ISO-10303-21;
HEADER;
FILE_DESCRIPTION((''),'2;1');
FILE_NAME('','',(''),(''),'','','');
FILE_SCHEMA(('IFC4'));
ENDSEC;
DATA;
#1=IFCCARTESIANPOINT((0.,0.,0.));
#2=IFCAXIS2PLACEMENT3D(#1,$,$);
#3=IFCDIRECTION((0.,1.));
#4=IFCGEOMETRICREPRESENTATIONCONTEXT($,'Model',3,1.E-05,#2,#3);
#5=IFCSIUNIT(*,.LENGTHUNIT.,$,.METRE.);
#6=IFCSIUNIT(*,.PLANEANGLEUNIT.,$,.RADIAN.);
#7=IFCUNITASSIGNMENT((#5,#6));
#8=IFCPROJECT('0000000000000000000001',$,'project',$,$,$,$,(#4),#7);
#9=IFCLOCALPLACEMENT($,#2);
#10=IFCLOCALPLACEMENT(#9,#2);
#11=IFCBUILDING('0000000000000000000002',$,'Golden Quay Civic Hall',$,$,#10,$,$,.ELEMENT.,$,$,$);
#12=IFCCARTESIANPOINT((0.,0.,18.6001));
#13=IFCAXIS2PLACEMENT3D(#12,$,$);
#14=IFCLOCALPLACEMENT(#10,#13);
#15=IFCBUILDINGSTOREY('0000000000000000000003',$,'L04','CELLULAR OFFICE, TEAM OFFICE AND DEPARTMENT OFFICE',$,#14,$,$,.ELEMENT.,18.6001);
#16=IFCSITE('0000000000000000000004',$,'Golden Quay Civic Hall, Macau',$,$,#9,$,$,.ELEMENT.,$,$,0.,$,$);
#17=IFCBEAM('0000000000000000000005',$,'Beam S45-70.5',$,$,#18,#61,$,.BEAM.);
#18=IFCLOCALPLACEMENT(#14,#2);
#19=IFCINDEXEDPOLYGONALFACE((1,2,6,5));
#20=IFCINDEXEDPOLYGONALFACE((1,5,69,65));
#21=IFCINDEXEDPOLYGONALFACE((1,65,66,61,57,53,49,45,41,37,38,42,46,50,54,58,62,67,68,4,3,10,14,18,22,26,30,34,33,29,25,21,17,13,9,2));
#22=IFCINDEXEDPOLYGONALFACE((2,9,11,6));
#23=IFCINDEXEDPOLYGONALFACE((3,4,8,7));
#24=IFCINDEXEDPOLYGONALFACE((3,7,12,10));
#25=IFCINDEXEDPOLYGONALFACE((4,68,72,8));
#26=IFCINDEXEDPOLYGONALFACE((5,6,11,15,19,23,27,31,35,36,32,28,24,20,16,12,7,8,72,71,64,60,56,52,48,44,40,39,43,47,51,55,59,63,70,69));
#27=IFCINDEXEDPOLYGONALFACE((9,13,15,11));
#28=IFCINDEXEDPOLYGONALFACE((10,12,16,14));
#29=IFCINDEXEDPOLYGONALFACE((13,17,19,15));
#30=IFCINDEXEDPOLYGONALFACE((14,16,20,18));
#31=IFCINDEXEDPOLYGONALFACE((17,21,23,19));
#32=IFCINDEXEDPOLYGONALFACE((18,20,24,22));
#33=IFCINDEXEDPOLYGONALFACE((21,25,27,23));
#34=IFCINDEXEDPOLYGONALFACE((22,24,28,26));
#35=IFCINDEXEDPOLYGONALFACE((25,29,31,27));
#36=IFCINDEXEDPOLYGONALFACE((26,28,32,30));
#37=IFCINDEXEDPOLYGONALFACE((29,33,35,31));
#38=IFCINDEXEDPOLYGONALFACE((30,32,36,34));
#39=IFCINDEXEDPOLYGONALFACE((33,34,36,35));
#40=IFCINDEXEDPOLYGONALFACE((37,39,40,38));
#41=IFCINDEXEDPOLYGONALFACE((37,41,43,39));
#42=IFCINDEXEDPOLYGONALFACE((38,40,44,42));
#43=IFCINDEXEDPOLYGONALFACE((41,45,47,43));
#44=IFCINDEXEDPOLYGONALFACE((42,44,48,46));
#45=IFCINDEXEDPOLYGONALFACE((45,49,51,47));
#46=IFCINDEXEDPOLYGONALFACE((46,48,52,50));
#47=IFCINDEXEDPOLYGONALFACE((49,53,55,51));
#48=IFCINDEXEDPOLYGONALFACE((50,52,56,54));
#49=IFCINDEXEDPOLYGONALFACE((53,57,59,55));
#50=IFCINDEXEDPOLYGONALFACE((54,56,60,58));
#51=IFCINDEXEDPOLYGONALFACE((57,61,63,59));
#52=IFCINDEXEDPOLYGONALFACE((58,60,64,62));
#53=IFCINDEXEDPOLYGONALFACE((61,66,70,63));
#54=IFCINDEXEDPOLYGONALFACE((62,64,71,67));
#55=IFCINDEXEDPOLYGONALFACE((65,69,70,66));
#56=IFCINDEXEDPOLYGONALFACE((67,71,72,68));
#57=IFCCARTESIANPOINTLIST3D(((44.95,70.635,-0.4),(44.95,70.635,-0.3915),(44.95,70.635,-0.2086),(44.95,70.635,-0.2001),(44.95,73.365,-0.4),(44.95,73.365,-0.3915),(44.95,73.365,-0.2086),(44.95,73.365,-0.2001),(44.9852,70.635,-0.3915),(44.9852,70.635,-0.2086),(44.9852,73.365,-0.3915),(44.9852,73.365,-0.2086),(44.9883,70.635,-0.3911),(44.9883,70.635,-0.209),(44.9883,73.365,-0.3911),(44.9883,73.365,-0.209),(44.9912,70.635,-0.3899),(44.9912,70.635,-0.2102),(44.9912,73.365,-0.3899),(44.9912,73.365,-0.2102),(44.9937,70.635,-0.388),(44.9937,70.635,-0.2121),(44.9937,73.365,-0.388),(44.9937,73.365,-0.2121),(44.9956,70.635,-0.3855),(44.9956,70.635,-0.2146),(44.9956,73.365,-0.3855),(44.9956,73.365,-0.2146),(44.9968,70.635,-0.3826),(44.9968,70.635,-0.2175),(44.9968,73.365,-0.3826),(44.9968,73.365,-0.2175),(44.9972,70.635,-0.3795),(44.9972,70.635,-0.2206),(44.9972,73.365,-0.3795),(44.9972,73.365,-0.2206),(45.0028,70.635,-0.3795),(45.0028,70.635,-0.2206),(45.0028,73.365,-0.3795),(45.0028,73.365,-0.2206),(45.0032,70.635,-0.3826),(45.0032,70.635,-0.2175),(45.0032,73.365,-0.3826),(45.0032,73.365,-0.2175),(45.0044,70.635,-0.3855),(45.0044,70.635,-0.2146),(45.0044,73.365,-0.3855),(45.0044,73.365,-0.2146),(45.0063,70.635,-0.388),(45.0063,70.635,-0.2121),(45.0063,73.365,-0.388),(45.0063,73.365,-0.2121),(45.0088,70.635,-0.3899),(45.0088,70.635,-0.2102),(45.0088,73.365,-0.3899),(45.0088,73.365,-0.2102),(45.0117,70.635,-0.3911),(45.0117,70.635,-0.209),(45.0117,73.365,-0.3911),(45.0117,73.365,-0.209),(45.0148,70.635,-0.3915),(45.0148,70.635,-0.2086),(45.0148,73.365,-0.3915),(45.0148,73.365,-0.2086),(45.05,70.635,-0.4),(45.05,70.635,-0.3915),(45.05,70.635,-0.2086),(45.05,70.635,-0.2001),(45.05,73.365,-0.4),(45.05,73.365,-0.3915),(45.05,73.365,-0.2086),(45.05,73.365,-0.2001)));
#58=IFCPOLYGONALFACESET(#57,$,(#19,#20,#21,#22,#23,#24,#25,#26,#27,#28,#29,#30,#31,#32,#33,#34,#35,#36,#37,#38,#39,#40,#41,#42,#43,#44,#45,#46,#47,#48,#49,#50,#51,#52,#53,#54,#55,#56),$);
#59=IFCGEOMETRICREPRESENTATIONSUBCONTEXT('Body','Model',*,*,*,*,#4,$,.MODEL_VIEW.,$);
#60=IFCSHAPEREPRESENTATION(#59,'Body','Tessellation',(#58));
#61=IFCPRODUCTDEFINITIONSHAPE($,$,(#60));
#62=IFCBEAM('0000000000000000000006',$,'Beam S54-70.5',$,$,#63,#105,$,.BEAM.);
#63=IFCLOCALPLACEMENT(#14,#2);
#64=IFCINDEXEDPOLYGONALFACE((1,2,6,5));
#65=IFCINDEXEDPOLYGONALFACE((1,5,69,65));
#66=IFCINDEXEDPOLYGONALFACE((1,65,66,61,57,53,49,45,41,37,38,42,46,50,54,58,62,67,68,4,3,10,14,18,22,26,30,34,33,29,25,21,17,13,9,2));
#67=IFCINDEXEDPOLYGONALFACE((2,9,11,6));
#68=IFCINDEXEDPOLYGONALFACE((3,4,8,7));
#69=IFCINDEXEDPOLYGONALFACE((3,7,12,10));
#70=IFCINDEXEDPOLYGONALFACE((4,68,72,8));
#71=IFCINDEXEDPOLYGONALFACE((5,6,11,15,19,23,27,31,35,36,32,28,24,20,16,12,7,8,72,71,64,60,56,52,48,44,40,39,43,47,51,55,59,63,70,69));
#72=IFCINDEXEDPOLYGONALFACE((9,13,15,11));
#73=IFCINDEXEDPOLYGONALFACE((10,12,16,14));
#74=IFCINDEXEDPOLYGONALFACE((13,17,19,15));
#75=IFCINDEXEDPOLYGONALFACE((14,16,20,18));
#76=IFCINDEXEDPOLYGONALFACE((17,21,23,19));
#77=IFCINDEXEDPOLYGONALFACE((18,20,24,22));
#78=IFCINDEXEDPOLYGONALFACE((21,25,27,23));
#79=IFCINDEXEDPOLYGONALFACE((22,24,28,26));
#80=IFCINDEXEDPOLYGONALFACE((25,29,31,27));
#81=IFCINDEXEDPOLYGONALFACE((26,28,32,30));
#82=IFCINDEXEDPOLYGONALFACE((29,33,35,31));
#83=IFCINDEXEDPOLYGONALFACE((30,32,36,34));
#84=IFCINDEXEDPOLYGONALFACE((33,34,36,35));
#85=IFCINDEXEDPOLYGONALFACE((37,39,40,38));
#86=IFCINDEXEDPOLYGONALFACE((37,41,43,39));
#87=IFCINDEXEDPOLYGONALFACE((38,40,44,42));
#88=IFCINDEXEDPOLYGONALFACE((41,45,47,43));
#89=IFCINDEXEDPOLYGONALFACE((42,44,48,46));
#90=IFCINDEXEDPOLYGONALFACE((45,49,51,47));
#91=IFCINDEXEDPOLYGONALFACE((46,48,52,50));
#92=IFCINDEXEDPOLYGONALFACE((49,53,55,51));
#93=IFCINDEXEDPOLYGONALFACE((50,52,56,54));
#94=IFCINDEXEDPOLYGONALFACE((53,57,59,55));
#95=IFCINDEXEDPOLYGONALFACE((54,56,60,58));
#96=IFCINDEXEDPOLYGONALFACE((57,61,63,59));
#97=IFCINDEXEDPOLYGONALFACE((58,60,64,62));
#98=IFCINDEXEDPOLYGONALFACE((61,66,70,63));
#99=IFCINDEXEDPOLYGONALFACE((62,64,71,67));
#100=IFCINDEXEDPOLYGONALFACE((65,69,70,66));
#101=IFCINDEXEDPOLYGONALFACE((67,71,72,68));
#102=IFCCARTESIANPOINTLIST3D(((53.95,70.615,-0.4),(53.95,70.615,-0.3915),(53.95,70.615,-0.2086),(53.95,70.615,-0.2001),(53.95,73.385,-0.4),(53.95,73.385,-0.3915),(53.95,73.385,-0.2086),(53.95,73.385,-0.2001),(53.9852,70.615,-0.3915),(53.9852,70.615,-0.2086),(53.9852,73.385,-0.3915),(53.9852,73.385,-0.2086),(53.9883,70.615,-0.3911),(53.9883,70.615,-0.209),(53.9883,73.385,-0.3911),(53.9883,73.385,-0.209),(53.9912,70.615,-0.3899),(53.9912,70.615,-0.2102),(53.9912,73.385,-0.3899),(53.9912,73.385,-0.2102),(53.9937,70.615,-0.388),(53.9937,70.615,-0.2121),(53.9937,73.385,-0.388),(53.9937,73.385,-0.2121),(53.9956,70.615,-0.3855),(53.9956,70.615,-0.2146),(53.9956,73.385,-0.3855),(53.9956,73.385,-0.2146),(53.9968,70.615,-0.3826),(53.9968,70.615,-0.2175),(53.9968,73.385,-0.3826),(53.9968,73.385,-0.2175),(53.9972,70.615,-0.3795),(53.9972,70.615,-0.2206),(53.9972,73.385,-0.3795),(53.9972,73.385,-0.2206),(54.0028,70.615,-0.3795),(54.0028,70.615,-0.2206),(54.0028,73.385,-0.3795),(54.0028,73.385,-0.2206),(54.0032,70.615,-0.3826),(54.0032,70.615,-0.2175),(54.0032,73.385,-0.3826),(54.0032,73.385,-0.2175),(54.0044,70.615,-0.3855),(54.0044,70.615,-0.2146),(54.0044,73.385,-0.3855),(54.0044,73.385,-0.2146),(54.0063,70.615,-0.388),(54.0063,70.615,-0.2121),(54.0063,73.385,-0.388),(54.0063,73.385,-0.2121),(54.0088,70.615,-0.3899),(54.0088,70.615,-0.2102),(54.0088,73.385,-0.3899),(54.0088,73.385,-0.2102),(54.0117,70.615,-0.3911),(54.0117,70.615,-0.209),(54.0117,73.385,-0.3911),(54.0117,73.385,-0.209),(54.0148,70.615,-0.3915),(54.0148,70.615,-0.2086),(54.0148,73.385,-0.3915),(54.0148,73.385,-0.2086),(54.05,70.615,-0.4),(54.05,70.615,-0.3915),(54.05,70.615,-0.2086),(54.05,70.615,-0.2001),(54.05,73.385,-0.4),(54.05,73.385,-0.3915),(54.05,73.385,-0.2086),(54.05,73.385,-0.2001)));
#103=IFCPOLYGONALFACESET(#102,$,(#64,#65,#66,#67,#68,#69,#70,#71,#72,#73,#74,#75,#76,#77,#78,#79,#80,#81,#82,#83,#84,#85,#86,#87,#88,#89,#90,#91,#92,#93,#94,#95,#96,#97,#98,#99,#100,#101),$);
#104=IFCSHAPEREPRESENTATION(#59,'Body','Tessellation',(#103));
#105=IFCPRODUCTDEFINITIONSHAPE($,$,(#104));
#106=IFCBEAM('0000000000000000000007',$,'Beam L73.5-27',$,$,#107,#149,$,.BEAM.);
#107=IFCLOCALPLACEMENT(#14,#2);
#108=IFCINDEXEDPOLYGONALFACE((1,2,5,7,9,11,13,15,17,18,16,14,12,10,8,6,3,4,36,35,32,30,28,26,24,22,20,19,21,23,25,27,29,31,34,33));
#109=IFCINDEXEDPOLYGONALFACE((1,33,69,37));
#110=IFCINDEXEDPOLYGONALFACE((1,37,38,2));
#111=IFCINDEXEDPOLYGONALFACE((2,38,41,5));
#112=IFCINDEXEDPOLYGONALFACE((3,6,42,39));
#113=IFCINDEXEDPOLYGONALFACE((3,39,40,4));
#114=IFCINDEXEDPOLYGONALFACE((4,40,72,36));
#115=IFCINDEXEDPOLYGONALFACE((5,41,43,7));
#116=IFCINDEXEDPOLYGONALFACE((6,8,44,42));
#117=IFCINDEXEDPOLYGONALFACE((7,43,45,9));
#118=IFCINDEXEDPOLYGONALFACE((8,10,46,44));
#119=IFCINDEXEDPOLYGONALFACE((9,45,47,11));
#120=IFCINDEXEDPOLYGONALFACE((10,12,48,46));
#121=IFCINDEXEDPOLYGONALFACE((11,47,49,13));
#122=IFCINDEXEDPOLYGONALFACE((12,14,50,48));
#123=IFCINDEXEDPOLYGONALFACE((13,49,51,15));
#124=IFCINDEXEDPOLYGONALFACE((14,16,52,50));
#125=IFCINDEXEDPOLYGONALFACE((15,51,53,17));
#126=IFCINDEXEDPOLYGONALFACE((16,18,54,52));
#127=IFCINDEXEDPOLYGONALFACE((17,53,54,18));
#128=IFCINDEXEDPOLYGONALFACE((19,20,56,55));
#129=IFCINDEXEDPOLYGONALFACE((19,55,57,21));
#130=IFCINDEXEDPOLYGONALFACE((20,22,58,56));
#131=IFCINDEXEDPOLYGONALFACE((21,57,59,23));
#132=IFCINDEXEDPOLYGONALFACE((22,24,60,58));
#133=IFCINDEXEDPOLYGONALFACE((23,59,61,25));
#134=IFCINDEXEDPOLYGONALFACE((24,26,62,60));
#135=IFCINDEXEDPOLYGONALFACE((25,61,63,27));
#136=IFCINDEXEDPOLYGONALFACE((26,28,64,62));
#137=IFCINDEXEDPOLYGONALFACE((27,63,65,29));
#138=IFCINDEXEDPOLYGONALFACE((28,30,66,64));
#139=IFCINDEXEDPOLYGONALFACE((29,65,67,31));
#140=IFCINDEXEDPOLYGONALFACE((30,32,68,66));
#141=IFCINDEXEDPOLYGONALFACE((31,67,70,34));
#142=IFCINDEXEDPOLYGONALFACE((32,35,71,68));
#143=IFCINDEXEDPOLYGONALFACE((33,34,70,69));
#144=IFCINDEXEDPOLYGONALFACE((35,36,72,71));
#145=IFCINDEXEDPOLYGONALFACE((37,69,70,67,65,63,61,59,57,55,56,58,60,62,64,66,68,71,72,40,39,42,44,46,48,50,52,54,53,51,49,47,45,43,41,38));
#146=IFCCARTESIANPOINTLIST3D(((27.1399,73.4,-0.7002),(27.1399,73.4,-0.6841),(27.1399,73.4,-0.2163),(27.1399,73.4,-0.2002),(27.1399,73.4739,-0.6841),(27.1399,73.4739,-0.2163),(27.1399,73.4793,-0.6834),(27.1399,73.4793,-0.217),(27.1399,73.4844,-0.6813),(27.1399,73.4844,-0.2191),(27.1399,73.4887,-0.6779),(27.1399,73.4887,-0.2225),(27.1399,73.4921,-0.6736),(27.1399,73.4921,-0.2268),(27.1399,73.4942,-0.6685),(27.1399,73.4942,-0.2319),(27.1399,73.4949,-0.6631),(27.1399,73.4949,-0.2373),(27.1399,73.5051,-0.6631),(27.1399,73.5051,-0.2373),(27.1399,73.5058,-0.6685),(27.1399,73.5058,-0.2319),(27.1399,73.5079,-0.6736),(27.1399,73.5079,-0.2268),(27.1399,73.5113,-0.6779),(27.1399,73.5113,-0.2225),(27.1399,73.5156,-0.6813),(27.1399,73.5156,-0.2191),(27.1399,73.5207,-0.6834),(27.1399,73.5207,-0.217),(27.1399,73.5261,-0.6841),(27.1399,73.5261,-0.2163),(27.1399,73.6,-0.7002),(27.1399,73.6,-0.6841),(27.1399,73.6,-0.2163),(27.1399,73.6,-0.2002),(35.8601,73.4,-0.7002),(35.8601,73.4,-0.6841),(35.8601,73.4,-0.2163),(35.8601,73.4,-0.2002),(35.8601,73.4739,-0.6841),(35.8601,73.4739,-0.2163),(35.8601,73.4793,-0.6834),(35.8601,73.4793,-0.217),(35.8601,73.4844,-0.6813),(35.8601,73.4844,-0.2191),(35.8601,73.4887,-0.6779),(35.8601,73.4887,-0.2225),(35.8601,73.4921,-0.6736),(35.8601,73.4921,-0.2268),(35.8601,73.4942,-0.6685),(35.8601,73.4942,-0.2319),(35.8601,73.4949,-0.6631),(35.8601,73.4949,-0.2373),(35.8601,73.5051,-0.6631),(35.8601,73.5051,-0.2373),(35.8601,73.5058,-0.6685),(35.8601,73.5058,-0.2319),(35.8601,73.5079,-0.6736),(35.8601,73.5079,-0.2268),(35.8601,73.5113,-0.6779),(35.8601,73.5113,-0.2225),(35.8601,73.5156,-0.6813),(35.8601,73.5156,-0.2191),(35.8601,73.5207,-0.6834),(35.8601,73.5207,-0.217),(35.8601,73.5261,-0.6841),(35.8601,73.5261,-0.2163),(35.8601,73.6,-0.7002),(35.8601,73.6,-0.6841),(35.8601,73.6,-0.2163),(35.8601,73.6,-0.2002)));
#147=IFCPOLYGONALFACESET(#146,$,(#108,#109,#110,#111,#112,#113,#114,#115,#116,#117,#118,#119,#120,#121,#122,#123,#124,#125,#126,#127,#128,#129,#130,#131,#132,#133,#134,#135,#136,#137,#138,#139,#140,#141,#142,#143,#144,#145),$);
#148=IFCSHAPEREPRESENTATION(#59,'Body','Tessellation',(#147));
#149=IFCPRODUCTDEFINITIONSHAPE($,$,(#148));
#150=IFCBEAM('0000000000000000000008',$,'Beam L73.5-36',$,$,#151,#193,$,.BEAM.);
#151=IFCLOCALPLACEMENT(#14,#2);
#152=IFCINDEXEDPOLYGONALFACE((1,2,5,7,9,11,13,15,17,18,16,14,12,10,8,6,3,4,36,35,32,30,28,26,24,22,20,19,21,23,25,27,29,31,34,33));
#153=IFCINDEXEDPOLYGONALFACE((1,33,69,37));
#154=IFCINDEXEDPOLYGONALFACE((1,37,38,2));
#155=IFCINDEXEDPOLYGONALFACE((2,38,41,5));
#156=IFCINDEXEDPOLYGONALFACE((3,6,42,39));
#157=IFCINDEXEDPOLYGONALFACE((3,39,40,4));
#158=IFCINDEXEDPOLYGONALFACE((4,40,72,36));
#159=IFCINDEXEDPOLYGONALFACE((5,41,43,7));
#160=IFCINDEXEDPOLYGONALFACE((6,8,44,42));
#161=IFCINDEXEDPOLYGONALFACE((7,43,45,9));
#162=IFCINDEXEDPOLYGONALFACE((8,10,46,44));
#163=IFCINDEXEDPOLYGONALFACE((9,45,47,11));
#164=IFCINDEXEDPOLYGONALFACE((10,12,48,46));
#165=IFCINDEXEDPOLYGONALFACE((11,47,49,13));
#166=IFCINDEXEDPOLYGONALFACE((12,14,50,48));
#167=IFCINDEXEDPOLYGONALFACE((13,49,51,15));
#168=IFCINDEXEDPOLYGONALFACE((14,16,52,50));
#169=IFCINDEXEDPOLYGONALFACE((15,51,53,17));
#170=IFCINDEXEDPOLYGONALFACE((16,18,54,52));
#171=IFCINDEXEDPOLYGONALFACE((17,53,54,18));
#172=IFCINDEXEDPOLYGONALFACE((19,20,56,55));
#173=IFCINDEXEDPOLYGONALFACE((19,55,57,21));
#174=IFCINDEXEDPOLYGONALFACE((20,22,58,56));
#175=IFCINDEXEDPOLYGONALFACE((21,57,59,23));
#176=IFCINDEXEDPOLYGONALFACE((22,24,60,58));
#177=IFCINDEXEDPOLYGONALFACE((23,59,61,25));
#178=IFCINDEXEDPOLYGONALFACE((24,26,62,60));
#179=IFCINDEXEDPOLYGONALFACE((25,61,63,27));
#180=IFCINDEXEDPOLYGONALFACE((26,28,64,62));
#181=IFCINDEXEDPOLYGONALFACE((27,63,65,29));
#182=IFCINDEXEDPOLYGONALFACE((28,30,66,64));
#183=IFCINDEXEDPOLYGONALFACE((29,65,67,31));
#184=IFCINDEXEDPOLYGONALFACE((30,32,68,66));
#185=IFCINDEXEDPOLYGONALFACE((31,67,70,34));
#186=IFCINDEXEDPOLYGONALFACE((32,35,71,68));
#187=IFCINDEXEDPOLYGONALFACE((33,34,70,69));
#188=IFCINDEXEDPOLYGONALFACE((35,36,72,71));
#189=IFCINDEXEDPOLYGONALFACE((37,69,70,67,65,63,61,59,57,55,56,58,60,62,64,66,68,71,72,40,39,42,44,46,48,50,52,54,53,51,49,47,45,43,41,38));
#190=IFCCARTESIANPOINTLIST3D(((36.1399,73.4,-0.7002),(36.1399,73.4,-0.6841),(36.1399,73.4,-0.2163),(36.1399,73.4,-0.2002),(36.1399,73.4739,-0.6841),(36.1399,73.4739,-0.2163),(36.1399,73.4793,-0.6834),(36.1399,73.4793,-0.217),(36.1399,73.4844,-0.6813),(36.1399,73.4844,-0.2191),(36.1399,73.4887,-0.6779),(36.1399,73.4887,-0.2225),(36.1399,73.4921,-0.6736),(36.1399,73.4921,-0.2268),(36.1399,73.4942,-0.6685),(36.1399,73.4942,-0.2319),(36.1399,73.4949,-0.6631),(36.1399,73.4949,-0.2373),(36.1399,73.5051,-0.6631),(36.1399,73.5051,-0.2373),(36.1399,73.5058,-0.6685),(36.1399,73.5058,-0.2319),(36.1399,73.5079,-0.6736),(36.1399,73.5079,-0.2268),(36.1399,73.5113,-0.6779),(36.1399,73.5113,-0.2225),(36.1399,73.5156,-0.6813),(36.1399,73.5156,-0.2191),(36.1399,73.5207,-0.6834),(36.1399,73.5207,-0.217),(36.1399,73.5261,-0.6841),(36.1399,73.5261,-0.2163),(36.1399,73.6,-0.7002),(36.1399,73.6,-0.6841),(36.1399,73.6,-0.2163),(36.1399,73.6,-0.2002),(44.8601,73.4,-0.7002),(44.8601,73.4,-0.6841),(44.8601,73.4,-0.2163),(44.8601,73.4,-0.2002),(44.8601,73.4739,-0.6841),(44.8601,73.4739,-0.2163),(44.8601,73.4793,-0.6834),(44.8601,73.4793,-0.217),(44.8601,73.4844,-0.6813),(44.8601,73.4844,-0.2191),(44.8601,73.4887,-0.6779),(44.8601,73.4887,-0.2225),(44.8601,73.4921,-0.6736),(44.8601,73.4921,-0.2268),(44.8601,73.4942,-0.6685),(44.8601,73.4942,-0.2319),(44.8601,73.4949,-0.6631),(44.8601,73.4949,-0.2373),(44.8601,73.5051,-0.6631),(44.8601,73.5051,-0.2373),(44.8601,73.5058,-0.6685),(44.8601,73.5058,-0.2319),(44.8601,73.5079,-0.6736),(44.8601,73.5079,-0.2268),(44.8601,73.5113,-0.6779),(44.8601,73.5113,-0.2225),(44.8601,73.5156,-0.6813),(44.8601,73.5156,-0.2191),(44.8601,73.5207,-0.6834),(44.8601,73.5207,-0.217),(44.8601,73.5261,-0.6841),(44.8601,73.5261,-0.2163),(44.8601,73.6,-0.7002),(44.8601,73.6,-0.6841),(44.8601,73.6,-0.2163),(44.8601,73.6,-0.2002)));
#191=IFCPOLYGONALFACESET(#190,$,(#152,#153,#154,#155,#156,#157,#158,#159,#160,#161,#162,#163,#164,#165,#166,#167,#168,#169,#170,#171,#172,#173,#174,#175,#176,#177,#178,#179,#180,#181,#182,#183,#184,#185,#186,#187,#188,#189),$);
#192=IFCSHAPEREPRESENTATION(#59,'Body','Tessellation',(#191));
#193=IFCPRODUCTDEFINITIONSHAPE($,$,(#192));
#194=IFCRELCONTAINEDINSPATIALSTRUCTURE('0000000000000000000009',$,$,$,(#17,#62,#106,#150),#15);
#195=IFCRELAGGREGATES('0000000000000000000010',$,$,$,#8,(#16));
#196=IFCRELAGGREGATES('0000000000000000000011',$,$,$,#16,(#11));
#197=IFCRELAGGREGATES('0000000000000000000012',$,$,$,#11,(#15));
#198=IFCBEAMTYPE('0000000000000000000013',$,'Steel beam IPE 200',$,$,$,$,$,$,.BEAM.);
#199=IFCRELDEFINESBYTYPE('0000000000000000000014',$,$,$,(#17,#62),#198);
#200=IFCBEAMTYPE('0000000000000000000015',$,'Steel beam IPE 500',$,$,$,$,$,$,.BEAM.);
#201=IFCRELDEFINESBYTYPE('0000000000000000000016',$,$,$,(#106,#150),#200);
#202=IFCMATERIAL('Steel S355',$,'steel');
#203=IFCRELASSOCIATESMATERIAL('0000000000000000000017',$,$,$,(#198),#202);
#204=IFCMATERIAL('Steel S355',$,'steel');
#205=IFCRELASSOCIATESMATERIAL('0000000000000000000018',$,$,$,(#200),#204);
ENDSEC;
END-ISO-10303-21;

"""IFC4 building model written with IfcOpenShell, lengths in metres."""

from ifc_helpers import new_model, si_unit, direction, frame, origin, origin_2d, place, context, subcontext, project, spatial, i_section, extrude, material, material_profile, profile_set, type_object, element, save


model = new_model("IFC4")

# Units and contexts
model_context = context("Model", 3, precision=1e-05, world=origin(), true_north=direction((0.0, 1.0)))
body_context = subcontext(model_context, "Body", "Model", "MODEL_VIEW")
ifc_project = project(units=[si_unit("LENGTHUNIT", "METRE"), si_unit("PLANEANGLEUNIT", "RADIAN")], contexts=[model_context])

# Site, building, storey
site_placement = place(None, origin())
site = spatial("IfcSite", under=ifc_project, at=site_placement, Name="Golden Quay Civic Hall, Macau", CompositionType="ELEMENT", RefElevation=0.0)
building_placement = place(site_placement, origin())
building = spatial("IfcBuilding", under=site, at=building_placement, Name="Golden Quay Civic Hall", CompositionType="ELEMENT")
storey_placement = place(building_placement, frame((0.0, 0.0, 18.6001)))
storey = spatial("IfcBuildingStorey", under=building, at=storey_placement, Name="L04", Description="CELLULAR OFFICE, TEAM OFFICE AND DEPARTMENT OFFICE", CompositionType="ELEMENT", Elevation=18.6001)

# Beams
ifc_material_1 = material(Name="Steel S355", Category="steel")
ifc_material_profile_1 = material_profile(ifc_material_1, i_section(OverallWidth=0.1001, OverallDepth=0.2, WebThickness=0.0056, FlangeThickness=0.0085, FilletRadius=0.012, at=origin_2d()), Name="IPE 200")
ifc_profile_set_1 = profile_set([ifc_material_profile_1], Name="Steel S355")
beam_type_1 = type_object("IfcBeamType", Name="Steel beam IPE 200", PredefinedType="BEAM", material=ifc_profile_set_1)
for number, where, z_axis, x_axis, name in (
    (1, (45.0, 70.635, -0.3), (0.0, 1.0, 0.0), (-1.0, 0.0, 0.0), "Beam S45-70.5"),
):
    element("IfcBeam", number, at=place(storey_placement, frame(where, z_axis=z_axis, x_axis=x_axis)), inside=storey, type_object=beam_type_1, Name=name, PredefinedType="BEAM", context=body_context, shape_type="SweptSolid", body=[
        extrude(i_section(OverallWidth=0.1001, OverallDepth=0.2, WebThickness=0.0056, FlangeThickness=0.0085, FilletRadius=0.012, at=origin_2d()), origin(), (0.0, 0.0, 1.0), 2.73),
    ])
beam_1_placement = place(storey_placement, frame((54.0, 70.615, -0.3), z_axis=(0.0, 1.0, 0.0), x_axis=(-1.0, 0.0, 0.0)))
element("IfcBeam", 2, at=beam_1_placement, inside=storey, type_object=beam_type_1, Name="Beam S54-70.5", PredefinedType="BEAM", context=body_context, shape_type="SweptSolid", body=[
    extrude(i_section(OverallWidth=0.1001, OverallDepth=0.2, WebThickness=0.0056, FlangeThickness=0.0085, FilletRadius=0.012, at=origin_2d()), origin(), (0.0, 0.0, 1.0), 2.77),
])
ifc_material_2 = material(Name="Steel S355", Category="steel")
ifc_material_profile_2 = material_profile(ifc_material_2, i_section(OverallWidth=0.2, OverallDepth=0.5, WebThickness=0.0103, FlangeThickness=0.0161, FilletRadius=0.021, at=origin_2d()), Name="IPE 500")
ifc_profile_set_2 = profile_set([ifc_material_profile_2], Name="Steel S355")
beam_type_2 = type_object("IfcBeamType", Name="Steel beam IPE 500", PredefinedType="BEAM", material=ifc_profile_set_2)
for number, where, z_axis, x_axis, name in (
    (3, (27.1399, 73.5, -0.4502), (1.0, 0.0, 0.0), (0.0, 1.0, 0.0), "Beam L73.5-27"),
    (4, (36.1399, 73.5, -0.4502), (1.0, 0.0, 0.0), (0.0, 1.0, 0.0), "Beam L73.5-36"),
):
    element("IfcBeam", number, at=place(storey_placement, frame(where, z_axis=z_axis, x_axis=x_axis)), inside=storey, type_object=beam_type_2, Name=name, PredefinedType="BEAM", context=body_context, shape_type="SweptSolid", body=[
        extrude(i_section(OverallWidth=0.2, OverallDepth=0.5, WebThickness=0.0103, FlangeThickness=0.0161, FilletRadius=0.021, at=origin_2d()), origin(), (0.0, 0.0, 1.0), 8.7202),
    ])

save(model, "model.ifc")
